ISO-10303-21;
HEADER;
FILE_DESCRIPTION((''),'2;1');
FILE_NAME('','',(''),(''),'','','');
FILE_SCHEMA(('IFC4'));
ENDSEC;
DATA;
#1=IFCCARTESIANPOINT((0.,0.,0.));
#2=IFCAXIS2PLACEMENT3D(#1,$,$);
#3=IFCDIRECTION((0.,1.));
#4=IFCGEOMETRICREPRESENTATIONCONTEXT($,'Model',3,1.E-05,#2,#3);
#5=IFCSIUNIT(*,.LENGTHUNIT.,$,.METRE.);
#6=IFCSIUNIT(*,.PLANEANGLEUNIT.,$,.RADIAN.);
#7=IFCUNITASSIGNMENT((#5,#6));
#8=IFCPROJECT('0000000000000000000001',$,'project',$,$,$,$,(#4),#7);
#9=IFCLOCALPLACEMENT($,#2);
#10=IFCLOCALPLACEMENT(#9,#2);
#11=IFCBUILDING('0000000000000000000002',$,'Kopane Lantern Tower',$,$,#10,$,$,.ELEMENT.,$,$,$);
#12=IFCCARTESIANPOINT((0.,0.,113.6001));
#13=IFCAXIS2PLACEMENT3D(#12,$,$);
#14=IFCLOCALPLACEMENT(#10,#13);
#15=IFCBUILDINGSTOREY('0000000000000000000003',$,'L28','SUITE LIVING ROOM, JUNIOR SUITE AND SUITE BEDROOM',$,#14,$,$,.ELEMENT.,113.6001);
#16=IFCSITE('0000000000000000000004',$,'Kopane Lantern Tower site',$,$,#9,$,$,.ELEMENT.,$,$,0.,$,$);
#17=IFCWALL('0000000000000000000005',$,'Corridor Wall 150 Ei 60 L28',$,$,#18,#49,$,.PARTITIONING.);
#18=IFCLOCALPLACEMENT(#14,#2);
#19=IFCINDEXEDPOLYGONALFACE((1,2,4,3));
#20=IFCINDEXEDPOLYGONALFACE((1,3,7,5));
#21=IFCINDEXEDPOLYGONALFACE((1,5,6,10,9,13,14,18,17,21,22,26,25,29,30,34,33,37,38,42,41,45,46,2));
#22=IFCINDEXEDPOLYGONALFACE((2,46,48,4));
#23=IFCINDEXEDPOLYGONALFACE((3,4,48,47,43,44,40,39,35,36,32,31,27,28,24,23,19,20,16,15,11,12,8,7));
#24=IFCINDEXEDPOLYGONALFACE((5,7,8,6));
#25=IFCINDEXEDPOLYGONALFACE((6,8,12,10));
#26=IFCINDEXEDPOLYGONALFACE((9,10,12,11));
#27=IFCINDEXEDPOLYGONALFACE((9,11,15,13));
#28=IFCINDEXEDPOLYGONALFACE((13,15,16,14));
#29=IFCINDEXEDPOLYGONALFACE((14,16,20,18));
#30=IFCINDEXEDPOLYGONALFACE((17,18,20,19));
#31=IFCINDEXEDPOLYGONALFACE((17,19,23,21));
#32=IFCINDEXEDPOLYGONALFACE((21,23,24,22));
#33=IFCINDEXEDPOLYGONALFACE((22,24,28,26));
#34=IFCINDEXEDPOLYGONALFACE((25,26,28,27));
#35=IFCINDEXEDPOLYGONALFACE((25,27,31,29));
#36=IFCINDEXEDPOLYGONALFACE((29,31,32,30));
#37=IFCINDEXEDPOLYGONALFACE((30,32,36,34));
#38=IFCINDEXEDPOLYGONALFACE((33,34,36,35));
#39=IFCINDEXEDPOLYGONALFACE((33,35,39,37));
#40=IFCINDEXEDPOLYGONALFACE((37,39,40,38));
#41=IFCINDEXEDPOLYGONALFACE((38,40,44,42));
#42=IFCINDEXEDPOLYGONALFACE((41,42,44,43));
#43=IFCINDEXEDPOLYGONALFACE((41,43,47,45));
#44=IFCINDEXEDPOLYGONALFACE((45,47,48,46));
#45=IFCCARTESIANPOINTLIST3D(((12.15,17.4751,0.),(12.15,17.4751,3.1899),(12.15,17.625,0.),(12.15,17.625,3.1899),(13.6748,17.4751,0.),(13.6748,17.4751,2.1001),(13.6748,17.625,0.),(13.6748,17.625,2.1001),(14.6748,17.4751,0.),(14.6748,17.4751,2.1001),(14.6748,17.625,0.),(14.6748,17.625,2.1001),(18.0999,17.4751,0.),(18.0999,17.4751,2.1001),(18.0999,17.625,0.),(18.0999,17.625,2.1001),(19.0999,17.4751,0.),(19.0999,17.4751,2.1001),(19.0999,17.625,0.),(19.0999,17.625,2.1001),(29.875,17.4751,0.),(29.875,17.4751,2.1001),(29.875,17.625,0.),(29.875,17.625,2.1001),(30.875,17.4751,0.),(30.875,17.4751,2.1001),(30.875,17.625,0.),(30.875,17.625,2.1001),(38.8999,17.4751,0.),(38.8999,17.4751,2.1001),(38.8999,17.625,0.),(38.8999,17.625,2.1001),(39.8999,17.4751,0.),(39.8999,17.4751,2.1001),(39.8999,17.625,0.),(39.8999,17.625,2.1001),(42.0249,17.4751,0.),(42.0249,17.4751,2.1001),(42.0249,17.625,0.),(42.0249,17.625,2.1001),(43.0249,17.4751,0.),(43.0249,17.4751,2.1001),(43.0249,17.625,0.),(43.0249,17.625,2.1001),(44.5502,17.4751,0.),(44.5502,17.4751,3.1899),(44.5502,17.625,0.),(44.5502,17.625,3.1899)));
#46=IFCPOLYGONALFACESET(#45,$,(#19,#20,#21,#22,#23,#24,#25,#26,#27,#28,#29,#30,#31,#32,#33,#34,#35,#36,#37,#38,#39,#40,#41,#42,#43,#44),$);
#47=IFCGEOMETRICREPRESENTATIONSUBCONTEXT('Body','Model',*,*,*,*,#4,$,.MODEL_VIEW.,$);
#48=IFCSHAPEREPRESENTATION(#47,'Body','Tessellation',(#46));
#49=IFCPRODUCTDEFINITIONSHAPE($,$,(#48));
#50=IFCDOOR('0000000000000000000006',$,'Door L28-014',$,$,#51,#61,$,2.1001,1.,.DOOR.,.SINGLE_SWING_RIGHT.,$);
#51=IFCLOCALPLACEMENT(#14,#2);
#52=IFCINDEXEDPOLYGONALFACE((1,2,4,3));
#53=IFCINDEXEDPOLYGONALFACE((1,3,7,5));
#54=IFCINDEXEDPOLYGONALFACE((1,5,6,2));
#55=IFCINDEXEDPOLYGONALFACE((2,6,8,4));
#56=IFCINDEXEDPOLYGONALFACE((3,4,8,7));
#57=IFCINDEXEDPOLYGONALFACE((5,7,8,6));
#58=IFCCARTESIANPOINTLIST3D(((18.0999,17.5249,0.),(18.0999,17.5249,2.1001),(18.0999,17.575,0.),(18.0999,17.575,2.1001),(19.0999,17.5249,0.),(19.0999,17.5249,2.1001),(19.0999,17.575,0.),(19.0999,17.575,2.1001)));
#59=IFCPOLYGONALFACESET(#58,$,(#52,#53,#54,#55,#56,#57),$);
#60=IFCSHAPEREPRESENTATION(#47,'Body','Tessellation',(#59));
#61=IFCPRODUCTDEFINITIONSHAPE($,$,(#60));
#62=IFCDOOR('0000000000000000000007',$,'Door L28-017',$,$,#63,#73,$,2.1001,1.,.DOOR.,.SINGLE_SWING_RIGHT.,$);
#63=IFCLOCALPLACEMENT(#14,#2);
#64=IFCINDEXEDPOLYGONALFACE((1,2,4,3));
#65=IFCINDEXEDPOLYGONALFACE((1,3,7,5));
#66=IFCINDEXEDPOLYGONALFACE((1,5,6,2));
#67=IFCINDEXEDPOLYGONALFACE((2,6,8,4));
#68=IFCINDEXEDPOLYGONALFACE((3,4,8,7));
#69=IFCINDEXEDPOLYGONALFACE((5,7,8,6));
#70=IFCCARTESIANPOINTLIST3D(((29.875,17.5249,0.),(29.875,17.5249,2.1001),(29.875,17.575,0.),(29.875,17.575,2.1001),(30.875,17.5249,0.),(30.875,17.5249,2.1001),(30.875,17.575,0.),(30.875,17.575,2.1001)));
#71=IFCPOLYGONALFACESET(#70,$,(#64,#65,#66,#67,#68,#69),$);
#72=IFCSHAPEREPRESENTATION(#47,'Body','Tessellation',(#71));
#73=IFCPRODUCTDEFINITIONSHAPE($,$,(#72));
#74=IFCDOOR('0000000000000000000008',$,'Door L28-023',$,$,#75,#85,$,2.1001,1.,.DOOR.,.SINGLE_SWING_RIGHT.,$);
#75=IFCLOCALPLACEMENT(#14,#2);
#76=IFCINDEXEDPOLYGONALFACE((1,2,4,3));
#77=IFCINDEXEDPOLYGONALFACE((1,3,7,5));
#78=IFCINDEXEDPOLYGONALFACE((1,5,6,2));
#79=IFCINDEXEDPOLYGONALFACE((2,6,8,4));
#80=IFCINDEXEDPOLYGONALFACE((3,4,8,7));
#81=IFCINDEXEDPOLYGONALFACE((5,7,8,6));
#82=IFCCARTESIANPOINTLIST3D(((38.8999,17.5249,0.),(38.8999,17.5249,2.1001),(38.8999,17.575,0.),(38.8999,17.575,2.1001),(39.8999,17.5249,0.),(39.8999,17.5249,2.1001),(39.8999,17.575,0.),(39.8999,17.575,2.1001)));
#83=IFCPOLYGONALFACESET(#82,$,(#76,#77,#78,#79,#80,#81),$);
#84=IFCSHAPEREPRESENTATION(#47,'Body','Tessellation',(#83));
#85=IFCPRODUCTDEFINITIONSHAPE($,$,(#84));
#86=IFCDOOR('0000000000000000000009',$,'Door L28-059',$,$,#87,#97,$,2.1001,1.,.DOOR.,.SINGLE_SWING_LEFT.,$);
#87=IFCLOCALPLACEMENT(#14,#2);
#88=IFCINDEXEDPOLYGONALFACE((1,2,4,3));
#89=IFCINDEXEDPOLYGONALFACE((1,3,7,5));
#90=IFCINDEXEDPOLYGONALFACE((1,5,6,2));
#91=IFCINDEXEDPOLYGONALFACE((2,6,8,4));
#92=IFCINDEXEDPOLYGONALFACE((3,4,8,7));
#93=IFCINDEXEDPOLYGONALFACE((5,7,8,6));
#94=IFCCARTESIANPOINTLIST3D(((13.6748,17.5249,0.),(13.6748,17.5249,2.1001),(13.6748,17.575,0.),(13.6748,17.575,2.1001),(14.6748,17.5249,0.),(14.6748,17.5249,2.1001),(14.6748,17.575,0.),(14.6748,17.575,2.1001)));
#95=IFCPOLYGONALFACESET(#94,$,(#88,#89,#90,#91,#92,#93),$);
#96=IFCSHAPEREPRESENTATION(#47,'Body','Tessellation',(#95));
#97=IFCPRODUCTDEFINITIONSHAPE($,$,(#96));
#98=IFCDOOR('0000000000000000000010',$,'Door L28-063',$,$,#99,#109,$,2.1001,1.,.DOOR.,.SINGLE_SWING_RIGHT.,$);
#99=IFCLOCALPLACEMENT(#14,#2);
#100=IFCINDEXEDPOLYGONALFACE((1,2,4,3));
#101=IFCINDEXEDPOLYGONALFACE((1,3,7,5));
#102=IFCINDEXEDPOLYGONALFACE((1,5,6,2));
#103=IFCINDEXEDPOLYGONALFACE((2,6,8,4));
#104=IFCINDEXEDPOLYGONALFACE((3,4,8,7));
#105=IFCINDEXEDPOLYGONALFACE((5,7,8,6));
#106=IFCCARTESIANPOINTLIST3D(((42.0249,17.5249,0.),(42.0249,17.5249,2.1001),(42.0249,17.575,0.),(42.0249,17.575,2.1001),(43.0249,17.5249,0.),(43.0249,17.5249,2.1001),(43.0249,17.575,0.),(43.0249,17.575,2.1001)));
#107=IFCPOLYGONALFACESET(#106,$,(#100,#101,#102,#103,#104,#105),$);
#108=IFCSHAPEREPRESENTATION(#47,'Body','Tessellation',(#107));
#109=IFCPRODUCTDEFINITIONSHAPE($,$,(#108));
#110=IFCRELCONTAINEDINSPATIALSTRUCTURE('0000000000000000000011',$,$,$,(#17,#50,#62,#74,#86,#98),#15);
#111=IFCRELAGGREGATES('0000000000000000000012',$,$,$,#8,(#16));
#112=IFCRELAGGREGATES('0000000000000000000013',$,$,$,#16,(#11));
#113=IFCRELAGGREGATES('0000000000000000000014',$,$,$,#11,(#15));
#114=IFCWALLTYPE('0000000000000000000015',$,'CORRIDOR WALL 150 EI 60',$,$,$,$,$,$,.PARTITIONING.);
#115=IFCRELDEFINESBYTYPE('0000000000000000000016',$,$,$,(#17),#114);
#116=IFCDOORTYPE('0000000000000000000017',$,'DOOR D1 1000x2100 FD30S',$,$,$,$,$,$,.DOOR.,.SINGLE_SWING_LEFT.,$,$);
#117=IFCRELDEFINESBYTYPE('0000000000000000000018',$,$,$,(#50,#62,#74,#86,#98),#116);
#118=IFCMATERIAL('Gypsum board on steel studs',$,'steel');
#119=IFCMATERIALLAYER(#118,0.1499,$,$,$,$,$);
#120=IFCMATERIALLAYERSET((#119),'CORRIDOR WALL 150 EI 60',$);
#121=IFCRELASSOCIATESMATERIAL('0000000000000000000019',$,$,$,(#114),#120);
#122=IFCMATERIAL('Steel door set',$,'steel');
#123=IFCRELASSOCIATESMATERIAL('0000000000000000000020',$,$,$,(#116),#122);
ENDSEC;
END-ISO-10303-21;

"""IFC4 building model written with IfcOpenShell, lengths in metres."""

from ifc_helpers import new_model, si_unit, direction, frame, frame_2d, origin, place, context, subcontext, project, spatial, rectangle, extrude, material, layer, layer_set, type_object, element, fill, save


model = new_model("IFC4")

# Units and contexts
model_context = context("Model", 3, precision=1e-05, world=origin(), true_north=direction((0.0, 1.0)))
body_context = subcontext(model_context, "Body", "Model", "MODEL_VIEW")
ifc_project = project(units=[si_unit("LENGTHUNIT", "METRE"), si_unit("PLANEANGLEUNIT", "RADIAN")], contexts=[model_context])

# Site, building, storey
site_placement = place(None, origin())
site = spatial("IfcSite", under=ifc_project, at=site_placement, Name="Kopane Lantern Tower site", CompositionType="ELEMENT", RefElevation=0.0)
building_placement = place(site_placement, origin())
building = spatial("IfcBuilding", under=site, at=building_placement, Name="Kopane Lantern Tower", CompositionType="ELEMENT")
storey_placement = place(building_placement, frame((0.0, 0.0, 113.6001)))
storey = spatial("IfcBuildingStorey", under=building, at=storey_placement, Name="L28", Description="SUITE LIVING ROOM, JUNIOR SUITE AND SUITE BEDROOM", CompositionType="ELEMENT", Elevation=113.6001)

# Wall, openings, doors
ifc_material_1 = material(Name="Gypsum board on steel studs", Category="steel")
ifc_layer_1 = layer(ifc_material_1, 0.1499)
ifc_layer_set_1 = layer_set([ifc_layer_1], Name="CORRIDOR WALL 150 EI 60")
wall_type_1 = type_object("IfcWallType", Name="CORRIDOR WALL 150 EI 60", PredefinedType="PARTITIONING", material=ifc_layer_set_1)
wall_1_placement = place(storey_placement, frame((12.1499, 17.55, 0.0), z_axis=(0.0, 0.0, 1.0), x_axis=(1.0, 0.0, 0.0)))
wall_1 = element("IfcWall", 1, at=wall_1_placement, inside=storey, type_object=wall_type_1, Name="Corridor Wall 150 Ei 60 L28", PredefinedType="PARTITIONING", context=body_context, shape_type="SweptSolid", body=[
    extrude(rectangle(XDim=32.4001, YDim=0.1499, at=frame_2d((16.2002, 0.0))), origin(), (0.0, 0.0, 1.0), 3.1899),
])
opening_1_placement = place(wall_1_placement, frame((5.95, 0.0, 0.0)))
opening_1 = element("IfcOpeningElement", 2, at=opening_1_placement, cuts=wall_1, PredefinedType="OPENING", context=body_context, shape_type="SweptSolid", body=[
    extrude(rectangle(XDim=1.0, YDim=2.1001, at=frame_2d((0.5, 1.05))), frame((0.0, 0.085, 0.0), z_axis=(0.0, -1.0, 0.0), x_axis=(1.0, 0.0, 0.0)), (0.0, 0.0, 1.0), 0.1699),
])
opening_2_placement = place(wall_1_placement, frame((17.7251, 0.0, 0.0)))
opening_2 = element("IfcOpeningElement", 3, at=opening_2_placement, cuts=wall_1, PredefinedType="OPENING", context=body_context, shape_type="SweptSolid", body=[
    extrude(rectangle(XDim=1.0, YDim=2.1001, at=frame_2d((0.5, 1.05))), frame((0.0, 0.085, 0.0), z_axis=(0.0, -1.0, 0.0), x_axis=(1.0, 0.0, 0.0)), (0.0, 0.0, 1.0), 0.1699),
])
opening_3_placement = place(wall_1_placement, frame((26.75, 0.0, 0.0)))
opening_3 = element("IfcOpeningElement", 4, at=opening_3_placement, cuts=wall_1, PredefinedType="OPENING", context=body_context, shape_type="SweptSolid", body=[
    extrude(rectangle(XDim=1.0, YDim=2.1001, at=frame_2d((0.5, 1.05))), frame((0.0, 0.085, 0.0), z_axis=(0.0, -1.0, 0.0), x_axis=(1.0, 0.0, 0.0)), (0.0, 0.0, 1.0), 0.1699),
])
opening_4_placement = place(wall_1_placement, frame((1.5249, 0.0, 0.0)))
opening_4 = element("IfcOpeningElement", 5, at=opening_4_placement, cuts=wall_1, PredefinedType="OPENING", context=body_context, shape_type="SweptSolid", body=[
    extrude(rectangle(XDim=1.0, YDim=2.1001, at=frame_2d((0.5, 1.05))), frame((0.0, 0.085, 0.0), z_axis=(0.0, -1.0, 0.0), x_axis=(1.0, 0.0, 0.0)), (0.0, 0.0, 1.0), 0.1699),
])
opening_5_placement = place(wall_1_placement, frame((29.875, 0.0, 0.0)))
opening_5 = element("IfcOpeningElement", 6, at=opening_5_placement, cuts=wall_1, PredefinedType="OPENING", context=body_context, shape_type="SweptSolid", body=[
    extrude(rectangle(XDim=1.0, YDim=2.1001, at=frame_2d((0.5, 1.05))), frame((0.0, 0.085, 0.0), z_axis=(0.0, -1.0, 0.0), x_axis=(1.0, 0.0, 0.0)), (0.0, 0.0, 1.0), 0.1699),
])
ifc_material_2 = material(Name="Steel door set", Category="steel")
door_type_1 = type_object("IfcDoorType", Name="DOOR D1 1000x2100 FD30S", OperationType="SINGLE_SWING_LEFT", PredefinedType="DOOR", material=ifc_material_2)
door_1_placement = place(opening_1_placement, origin())
door_1 = element("IfcDoor", 7, at=door_1_placement, inside=storey, type_object=door_type_1, Name="Door L28-014", OperationType="SINGLE_SWING_RIGHT", OverallHeight=2.1001, OverallWidth=1.0, PredefinedType="DOOR", context=body_context, shape_type="SweptSolid", body=[
    extrude(rectangle(XDim=1.0, YDim=2.1001, at=frame_2d((0.5, 1.05))), frame((0.0, 0.0249, 0.0), z_axis=(0.0, -1.0, 0.0), x_axis=(1.0, 0.0, 0.0)), (0.0, 0.0, 1.0), 0.05),
])
fill(opening_1, door_1)
door_2_placement = place(opening_2_placement, origin())
door_2 = element("IfcDoor", 8, at=door_2_placement, inside=storey, type_object=door_type_1, Name="Door L28-017", OperationType="SINGLE_SWING_RIGHT", OverallHeight=2.1001, OverallWidth=1.0, PredefinedType="DOOR", context=body_context, shape_type="SweptSolid", body=[
    extrude(rectangle(XDim=1.0, YDim=2.1001, at=frame_2d((0.5, 1.05))), frame((0.0, 0.0249, 0.0), z_axis=(0.0, -1.0, 0.0), x_axis=(1.0, 0.0, 0.0)), (0.0, 0.0, 1.0), 0.05),
])
fill(opening_2, door_2)
door_3_placement = place(opening_3_placement, origin())
door_3 = element("IfcDoor", 9, at=door_3_placement, inside=storey, type_object=door_type_1, Name="Door L28-023", OperationType="SINGLE_SWING_RIGHT", OverallHeight=2.1001, OverallWidth=1.0, PredefinedType="DOOR", context=body_context, shape_type="SweptSolid", body=[
    extrude(rectangle(XDim=1.0, YDim=2.1001, at=frame_2d((0.5, 1.05))), frame((0.0, 0.0249, 0.0), z_axis=(0.0, -1.0, 0.0), x_axis=(1.0, 0.0, 0.0)), (0.0, 0.0, 1.0), 0.05),
])
fill(opening_3, door_3)
door_4_placement = place(opening_4_placement, origin())
door_4 = element("IfcDoor", 10, at=door_4_placement, inside=storey, type_object=door_type_1, Name="Door L28-059", OperationType="SINGLE_SWING_LEFT", OverallHeight=2.1001, OverallWidth=1.0, PredefinedType="DOOR", context=body_context, shape_type="SweptSolid", body=[
    extrude(rectangle(XDim=1.0, YDim=2.1001, at=frame_2d((0.5, 1.05))), frame((0.0, 0.0249, 0.0), z_axis=(0.0, -1.0, 0.0), x_axis=(1.0, 0.0, 0.0)), (0.0, 0.0, 1.0), 0.05),
])
fill(opening_4, door_4)
door_5_placement = place(opening_5_placement, origin())
door_5 = element("IfcDoor", 11, at=door_5_placement, inside=storey, type_object=door_type_1, Name="Door L28-063", OperationType="SINGLE_SWING_RIGHT", OverallHeight=2.1001, OverallWidth=1.0, PredefinedType="DOOR", context=body_context, shape_type="SweptSolid", body=[
    extrude(rectangle(XDim=1.0, YDim=2.1001, at=frame_2d((0.5, 1.05))), frame((0.0, 0.0249, 0.0), z_axis=(0.0, -1.0, 0.0), x_axis=(1.0, 0.0, 0.0)), (0.0, 0.0, 1.0), 0.05),
])
fill(opening_5, door_5)

save(model, "model.ifc")
